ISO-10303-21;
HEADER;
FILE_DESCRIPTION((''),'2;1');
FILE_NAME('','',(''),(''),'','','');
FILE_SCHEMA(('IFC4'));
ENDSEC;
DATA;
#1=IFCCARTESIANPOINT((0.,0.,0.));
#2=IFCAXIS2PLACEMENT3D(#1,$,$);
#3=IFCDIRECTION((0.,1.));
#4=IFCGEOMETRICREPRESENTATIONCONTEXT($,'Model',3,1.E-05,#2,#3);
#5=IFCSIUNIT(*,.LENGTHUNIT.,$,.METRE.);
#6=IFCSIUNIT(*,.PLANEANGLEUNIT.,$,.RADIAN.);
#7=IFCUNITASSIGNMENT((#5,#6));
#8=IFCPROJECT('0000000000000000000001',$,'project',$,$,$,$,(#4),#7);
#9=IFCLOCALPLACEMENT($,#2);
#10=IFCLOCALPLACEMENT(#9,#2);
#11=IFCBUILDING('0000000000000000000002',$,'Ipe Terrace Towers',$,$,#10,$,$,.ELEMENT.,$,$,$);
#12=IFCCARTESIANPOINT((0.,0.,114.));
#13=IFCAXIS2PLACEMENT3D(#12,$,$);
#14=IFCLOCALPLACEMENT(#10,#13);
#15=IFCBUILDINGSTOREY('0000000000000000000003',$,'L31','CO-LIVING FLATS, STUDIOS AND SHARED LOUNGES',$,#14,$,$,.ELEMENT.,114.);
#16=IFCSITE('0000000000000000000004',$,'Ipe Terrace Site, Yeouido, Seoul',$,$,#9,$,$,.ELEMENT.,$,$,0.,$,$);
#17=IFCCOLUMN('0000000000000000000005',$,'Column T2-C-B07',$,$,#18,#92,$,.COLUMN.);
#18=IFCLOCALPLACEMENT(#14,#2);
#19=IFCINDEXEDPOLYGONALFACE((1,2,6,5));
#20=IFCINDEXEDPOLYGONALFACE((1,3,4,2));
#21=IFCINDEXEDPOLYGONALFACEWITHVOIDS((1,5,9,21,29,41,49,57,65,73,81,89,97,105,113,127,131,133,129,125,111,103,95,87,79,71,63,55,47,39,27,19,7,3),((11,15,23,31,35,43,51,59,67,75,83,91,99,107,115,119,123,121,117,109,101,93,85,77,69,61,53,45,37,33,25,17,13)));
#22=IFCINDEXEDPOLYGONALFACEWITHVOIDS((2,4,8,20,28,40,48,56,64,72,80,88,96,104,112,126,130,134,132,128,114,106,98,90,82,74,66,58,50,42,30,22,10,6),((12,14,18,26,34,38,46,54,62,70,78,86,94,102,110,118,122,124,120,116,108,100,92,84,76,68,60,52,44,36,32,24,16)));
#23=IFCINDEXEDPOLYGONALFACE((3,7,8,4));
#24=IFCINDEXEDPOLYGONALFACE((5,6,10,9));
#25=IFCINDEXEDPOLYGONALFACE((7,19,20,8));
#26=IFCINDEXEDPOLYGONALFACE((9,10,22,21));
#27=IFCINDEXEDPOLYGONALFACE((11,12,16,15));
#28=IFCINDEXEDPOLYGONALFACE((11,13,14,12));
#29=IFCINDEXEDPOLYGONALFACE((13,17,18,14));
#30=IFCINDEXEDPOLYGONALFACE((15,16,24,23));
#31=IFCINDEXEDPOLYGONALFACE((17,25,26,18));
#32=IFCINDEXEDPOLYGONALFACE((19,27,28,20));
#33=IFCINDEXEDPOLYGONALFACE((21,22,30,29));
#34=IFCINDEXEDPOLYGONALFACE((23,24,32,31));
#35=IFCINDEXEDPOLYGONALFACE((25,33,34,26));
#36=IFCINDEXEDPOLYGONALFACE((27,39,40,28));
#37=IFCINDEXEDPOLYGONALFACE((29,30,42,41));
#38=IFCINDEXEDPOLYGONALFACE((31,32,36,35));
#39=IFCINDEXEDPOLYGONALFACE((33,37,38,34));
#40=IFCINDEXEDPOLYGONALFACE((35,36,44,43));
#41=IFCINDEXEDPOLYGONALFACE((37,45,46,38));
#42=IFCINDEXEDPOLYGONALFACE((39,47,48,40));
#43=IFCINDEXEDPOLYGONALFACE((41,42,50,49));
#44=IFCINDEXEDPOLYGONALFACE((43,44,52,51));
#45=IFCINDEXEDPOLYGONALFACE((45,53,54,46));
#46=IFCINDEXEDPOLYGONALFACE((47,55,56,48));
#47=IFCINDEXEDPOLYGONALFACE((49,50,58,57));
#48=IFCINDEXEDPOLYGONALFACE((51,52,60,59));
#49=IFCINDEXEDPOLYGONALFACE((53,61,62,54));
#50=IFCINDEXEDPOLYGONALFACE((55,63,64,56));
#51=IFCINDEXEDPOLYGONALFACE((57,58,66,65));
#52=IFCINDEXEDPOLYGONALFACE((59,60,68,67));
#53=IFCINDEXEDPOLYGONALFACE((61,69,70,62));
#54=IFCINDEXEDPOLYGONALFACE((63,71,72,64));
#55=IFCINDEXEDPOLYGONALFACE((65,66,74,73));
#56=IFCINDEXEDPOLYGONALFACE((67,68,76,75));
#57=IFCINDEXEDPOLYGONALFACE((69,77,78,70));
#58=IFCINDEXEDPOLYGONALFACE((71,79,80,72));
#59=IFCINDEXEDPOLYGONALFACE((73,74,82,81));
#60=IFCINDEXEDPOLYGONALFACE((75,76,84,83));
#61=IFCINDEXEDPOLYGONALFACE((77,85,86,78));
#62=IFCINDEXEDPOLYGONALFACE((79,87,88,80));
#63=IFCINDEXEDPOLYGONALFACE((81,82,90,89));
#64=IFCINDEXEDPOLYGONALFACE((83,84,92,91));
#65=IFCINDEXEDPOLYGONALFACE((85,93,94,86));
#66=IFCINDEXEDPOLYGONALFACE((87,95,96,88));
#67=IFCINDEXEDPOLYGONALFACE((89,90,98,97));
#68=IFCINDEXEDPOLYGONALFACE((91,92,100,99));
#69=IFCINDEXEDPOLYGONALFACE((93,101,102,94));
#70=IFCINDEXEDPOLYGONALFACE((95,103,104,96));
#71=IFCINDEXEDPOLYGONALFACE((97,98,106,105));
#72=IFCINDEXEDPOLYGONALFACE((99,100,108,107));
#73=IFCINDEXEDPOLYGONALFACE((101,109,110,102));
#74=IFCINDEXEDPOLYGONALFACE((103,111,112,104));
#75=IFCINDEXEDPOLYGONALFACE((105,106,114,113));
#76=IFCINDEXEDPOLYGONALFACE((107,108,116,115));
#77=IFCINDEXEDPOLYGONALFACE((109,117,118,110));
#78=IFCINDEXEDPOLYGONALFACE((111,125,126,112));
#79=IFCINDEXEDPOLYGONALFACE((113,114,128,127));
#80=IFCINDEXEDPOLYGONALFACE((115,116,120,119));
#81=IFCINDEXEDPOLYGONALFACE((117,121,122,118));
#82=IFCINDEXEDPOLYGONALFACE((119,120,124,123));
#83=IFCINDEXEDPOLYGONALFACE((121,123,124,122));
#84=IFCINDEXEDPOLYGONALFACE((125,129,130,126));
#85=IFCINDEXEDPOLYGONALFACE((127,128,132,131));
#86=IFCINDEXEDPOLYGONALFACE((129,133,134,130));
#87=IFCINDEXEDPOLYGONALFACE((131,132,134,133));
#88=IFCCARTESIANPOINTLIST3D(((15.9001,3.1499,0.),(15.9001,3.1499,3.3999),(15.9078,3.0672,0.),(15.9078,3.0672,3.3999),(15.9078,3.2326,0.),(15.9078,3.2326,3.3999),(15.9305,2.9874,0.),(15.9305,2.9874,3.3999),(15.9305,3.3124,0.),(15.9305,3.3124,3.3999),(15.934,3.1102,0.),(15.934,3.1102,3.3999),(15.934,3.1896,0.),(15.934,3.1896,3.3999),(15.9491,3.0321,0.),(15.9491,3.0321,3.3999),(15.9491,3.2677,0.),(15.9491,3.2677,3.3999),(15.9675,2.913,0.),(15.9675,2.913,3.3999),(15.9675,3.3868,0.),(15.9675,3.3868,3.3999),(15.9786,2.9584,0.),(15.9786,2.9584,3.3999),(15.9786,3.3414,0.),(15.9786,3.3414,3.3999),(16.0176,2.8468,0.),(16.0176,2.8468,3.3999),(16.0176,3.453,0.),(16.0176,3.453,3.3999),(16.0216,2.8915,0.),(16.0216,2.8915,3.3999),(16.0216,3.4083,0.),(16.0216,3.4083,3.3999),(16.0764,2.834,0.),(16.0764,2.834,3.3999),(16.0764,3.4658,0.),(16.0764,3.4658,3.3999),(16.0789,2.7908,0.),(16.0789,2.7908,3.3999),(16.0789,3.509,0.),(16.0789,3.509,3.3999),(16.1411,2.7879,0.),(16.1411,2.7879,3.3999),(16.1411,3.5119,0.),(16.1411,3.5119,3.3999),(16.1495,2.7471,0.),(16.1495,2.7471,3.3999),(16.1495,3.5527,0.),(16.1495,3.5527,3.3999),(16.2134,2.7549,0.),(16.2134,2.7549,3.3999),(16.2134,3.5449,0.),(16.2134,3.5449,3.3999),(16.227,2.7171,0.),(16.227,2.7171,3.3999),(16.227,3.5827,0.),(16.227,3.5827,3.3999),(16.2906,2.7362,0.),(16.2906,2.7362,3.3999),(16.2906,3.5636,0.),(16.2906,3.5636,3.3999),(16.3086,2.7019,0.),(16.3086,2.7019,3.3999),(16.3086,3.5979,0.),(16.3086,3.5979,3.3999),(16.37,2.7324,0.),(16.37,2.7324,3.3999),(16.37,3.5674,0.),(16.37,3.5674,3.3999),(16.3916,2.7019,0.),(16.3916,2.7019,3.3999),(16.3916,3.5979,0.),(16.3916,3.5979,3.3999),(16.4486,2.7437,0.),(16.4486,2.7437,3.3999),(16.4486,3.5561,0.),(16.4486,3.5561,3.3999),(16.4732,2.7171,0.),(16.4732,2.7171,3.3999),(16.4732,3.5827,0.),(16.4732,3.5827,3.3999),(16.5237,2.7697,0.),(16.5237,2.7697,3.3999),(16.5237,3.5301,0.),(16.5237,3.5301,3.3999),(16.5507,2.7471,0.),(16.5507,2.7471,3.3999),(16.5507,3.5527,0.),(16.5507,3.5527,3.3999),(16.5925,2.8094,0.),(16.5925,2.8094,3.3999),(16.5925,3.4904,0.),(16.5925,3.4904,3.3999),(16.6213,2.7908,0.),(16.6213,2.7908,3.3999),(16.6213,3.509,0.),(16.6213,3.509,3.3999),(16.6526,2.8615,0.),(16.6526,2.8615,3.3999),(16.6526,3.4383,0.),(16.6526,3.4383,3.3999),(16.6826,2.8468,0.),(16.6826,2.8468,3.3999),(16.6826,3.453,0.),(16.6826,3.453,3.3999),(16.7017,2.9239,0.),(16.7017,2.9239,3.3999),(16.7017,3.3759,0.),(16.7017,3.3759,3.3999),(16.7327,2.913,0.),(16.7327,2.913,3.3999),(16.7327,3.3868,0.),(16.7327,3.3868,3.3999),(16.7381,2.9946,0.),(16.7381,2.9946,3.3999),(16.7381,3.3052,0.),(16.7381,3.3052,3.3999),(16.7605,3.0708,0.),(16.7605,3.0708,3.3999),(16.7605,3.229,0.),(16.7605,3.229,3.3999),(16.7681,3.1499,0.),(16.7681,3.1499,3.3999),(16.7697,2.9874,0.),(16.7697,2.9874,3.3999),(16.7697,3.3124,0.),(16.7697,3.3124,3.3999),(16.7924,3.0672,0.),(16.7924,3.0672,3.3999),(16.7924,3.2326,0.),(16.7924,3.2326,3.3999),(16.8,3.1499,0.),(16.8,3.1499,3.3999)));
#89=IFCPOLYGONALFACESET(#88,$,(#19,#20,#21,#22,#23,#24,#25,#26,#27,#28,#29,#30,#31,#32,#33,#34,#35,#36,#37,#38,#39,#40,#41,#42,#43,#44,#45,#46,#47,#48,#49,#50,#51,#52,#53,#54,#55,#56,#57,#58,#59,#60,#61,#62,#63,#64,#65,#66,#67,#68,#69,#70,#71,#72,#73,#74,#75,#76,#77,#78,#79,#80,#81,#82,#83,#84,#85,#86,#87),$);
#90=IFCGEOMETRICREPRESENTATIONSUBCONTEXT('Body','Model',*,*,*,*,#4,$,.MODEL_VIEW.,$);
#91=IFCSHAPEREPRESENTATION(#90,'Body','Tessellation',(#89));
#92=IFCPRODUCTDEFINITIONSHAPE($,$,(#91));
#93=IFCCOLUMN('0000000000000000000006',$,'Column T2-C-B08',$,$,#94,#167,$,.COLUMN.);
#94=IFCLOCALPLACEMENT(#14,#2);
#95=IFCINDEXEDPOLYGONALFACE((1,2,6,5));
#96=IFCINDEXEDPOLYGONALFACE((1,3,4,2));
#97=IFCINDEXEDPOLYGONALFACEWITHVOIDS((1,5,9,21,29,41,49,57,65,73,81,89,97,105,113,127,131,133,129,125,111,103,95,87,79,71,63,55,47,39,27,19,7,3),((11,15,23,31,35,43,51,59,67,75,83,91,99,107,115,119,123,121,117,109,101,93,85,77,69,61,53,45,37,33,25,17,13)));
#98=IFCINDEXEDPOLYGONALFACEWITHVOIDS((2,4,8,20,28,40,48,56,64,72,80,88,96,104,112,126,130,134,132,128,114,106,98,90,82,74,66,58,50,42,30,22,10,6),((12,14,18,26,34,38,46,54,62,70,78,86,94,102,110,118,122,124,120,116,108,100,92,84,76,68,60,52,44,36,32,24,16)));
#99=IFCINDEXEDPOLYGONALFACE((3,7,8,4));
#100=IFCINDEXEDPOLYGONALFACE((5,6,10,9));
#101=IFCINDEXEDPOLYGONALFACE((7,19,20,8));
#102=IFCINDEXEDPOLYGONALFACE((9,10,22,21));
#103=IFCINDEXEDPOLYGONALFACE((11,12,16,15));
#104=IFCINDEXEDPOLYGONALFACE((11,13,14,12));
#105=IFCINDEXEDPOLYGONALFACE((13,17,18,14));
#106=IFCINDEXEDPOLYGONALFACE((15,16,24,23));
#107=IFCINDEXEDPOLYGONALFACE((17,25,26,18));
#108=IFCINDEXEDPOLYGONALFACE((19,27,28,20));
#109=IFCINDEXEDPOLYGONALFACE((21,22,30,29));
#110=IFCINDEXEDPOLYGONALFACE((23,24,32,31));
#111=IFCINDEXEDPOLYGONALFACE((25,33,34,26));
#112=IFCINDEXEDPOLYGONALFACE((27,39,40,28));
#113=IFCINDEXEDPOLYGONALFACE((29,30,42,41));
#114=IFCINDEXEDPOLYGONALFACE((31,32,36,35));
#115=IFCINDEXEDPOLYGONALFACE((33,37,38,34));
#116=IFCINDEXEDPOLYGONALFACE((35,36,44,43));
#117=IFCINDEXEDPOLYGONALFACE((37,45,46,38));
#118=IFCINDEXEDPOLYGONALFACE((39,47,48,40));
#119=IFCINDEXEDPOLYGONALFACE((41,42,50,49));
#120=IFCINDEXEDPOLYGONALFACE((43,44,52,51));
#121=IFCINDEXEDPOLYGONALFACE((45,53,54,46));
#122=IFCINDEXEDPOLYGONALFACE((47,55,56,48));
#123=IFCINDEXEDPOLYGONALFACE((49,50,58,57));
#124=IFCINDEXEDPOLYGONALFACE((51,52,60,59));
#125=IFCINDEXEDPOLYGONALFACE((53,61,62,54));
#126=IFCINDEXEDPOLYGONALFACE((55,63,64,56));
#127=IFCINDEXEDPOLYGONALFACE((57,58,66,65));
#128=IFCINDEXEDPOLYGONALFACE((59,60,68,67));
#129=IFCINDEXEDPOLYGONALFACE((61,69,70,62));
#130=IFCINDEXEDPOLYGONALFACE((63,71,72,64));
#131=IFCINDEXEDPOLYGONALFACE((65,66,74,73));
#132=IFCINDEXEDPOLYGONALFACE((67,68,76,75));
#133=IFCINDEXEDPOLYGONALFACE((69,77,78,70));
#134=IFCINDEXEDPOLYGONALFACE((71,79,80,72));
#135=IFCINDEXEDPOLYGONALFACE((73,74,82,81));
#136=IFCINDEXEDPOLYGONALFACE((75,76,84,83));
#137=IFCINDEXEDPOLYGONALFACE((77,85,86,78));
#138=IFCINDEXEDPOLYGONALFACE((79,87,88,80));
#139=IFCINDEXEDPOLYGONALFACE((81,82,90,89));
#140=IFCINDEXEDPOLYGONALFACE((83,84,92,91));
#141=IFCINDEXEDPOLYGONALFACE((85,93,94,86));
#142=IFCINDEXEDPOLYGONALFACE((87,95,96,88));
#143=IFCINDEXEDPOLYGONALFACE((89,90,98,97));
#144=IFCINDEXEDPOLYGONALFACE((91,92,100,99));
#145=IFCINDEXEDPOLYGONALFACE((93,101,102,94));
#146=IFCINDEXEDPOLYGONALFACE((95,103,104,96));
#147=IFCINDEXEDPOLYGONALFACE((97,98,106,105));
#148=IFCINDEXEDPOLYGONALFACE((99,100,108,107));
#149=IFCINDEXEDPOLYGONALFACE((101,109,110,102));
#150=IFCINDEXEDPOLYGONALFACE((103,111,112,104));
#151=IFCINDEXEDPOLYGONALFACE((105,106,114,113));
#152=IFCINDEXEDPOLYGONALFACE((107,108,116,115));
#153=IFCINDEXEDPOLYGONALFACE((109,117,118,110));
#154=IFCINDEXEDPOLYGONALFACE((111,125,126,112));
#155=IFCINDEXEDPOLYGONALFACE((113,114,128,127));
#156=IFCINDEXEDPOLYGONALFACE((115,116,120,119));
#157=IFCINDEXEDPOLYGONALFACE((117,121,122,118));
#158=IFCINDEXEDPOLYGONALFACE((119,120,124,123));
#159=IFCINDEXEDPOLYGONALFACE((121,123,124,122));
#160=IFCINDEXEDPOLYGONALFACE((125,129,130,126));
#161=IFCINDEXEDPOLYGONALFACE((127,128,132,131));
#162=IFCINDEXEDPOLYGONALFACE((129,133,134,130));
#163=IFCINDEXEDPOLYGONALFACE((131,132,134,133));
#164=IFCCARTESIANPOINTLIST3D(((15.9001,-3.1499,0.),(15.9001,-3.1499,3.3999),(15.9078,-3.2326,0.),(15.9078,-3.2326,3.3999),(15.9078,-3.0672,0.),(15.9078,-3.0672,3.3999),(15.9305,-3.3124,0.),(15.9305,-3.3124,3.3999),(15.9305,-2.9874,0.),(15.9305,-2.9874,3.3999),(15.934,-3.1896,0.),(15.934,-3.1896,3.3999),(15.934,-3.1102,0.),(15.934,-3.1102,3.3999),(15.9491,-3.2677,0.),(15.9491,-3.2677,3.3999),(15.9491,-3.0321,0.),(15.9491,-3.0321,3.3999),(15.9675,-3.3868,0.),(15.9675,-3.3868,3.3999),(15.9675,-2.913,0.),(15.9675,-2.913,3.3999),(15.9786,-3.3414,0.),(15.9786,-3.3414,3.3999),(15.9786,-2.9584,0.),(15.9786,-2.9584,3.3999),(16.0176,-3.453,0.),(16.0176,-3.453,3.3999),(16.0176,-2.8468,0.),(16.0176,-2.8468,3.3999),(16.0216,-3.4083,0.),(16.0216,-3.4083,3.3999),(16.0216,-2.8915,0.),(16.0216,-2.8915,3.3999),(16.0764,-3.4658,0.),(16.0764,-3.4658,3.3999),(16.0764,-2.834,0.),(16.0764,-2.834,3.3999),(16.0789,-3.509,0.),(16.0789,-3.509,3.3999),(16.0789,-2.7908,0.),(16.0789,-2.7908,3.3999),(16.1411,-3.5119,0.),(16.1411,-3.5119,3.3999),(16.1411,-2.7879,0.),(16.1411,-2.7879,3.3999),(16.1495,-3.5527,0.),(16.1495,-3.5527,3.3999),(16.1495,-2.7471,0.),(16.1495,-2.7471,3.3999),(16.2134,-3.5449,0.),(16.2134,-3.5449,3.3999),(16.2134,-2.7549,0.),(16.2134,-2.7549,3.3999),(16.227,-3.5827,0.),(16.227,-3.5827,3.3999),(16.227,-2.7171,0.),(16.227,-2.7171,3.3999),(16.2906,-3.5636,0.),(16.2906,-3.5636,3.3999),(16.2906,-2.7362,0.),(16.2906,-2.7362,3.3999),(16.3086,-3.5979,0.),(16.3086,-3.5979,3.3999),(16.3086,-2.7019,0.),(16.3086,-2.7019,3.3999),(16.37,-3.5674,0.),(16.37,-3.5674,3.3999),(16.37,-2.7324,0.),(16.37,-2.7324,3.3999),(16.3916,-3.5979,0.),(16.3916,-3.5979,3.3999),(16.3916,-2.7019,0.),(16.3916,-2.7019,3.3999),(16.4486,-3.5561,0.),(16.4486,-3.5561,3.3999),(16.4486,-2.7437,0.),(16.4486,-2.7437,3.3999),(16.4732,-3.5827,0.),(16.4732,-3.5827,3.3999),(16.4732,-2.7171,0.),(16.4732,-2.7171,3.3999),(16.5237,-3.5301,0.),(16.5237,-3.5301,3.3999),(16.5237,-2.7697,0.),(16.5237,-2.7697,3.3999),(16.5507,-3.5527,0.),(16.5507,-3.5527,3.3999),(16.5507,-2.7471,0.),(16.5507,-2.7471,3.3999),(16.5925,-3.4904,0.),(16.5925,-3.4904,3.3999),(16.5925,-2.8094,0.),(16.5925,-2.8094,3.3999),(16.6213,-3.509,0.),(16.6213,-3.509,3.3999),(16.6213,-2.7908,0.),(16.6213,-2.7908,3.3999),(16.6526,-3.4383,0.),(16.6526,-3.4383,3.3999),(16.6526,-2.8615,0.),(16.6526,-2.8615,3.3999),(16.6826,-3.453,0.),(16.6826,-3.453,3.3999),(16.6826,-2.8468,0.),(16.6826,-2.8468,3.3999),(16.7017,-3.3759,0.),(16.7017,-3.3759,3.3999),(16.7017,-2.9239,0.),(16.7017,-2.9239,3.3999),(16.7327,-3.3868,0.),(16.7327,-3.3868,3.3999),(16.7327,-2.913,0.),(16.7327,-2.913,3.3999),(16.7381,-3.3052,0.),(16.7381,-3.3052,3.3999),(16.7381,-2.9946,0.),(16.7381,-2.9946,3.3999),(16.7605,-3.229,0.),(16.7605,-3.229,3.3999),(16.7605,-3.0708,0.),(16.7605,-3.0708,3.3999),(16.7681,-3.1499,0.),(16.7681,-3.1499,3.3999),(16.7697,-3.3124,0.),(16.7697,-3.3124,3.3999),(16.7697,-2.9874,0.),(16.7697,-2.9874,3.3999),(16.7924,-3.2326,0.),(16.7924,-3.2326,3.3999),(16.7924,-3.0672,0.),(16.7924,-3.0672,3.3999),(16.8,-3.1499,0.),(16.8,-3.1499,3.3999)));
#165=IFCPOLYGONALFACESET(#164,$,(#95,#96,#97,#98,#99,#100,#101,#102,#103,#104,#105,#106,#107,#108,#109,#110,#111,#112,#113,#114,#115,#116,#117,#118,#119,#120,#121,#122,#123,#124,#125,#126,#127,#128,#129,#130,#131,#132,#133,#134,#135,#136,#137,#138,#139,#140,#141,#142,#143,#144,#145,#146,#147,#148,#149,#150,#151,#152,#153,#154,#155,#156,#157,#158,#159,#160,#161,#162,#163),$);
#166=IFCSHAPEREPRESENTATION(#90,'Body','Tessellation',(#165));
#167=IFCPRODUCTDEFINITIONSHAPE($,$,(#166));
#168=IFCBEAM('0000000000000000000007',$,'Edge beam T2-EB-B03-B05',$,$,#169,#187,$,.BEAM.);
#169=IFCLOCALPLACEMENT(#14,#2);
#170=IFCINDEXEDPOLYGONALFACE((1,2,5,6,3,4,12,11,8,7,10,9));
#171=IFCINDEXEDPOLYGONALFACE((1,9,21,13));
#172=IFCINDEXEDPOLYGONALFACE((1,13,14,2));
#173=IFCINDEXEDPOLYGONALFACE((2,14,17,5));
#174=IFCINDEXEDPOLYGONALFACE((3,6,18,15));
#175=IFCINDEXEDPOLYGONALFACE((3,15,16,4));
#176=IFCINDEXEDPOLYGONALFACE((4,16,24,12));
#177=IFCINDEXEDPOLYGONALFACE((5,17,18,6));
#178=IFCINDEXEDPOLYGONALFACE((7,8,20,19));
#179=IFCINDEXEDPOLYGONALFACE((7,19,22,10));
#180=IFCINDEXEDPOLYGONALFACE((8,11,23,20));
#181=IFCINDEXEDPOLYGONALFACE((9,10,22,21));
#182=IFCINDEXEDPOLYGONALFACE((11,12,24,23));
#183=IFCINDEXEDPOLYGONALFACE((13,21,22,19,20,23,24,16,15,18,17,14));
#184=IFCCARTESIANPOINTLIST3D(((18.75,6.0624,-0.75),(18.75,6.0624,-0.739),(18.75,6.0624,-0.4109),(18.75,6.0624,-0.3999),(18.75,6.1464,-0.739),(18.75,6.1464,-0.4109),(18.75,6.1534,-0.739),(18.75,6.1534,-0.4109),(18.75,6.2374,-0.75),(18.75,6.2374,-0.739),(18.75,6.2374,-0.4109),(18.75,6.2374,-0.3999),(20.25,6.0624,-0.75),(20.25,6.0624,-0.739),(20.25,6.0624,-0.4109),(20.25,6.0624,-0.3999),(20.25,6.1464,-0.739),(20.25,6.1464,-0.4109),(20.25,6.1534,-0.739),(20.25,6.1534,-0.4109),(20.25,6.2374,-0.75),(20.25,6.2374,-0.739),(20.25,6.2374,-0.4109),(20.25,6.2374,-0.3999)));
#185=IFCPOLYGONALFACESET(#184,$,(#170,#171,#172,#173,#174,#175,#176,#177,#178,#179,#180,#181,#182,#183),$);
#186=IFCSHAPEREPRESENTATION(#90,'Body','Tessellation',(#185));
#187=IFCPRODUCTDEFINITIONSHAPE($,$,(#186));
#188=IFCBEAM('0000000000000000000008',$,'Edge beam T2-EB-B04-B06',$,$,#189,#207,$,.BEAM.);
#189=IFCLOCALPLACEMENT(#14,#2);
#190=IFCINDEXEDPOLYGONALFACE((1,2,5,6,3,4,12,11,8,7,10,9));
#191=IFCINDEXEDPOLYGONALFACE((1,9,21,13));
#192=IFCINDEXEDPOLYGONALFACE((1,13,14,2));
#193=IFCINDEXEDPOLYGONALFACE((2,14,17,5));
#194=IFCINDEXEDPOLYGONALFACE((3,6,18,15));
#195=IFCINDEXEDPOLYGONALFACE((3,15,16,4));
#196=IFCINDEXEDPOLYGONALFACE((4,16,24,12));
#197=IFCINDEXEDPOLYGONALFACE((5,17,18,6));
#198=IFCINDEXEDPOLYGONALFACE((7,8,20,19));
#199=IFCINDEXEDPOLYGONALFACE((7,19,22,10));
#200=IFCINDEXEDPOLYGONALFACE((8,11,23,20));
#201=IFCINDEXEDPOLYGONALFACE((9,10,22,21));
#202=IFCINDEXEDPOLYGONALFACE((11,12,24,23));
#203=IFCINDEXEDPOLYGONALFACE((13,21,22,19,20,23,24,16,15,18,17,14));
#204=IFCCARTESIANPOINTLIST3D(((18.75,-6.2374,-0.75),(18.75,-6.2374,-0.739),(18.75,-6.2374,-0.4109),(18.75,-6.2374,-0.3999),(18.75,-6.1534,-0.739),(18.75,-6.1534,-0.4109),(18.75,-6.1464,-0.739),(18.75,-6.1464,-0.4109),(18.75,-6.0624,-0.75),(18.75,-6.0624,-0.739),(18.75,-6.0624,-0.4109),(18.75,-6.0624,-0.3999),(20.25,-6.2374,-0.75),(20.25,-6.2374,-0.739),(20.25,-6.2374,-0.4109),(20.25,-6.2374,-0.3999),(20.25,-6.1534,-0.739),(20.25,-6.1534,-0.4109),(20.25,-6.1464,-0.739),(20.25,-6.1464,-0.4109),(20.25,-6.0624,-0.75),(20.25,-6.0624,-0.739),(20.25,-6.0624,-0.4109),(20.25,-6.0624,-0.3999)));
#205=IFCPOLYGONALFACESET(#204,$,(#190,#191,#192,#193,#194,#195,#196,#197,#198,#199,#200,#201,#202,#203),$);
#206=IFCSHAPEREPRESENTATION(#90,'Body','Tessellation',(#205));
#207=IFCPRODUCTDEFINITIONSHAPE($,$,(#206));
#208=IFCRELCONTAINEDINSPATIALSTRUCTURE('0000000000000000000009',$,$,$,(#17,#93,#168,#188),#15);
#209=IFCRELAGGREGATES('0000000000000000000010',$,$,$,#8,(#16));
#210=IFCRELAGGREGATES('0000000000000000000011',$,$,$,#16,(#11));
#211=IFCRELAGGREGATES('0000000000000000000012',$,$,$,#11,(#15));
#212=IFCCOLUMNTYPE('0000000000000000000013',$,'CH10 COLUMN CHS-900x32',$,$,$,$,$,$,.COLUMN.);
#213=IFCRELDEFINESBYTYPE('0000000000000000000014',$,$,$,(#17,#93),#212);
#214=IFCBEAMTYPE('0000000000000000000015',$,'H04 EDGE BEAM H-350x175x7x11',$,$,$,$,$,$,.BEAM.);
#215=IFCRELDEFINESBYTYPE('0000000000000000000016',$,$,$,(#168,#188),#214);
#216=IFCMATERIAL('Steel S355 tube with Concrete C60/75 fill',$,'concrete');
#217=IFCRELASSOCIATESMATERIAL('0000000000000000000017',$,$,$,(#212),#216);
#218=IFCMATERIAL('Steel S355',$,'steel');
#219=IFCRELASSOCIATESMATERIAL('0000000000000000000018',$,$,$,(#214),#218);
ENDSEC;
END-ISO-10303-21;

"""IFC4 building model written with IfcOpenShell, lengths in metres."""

from ifc_helpers import new_model, si_unit, direction, frame, origin, origin_2d, place, context, subcontext, project, spatial, hollow_circle, i_section, extrude, material, material_profile, profile_set, type_object, element, save


model = new_model("IFC4")

# Units and contexts
model_context = context("Model", 3, precision=1e-05, world=origin(), true_north=direction((0.0, 1.0)))
body_context = subcontext(model_context, "Body", "Model", "MODEL_VIEW")
ifc_project = project(units=[si_unit("LENGTHUNIT", "METRE"), si_unit("PLANEANGLEUNIT", "RADIAN")], contexts=[model_context])

# Site, building, storey
site_placement = place(None, origin())
site = spatial("IfcSite", under=ifc_project, at=site_placement, Name="Ipe Terrace Site, Yeouido, Seoul", CompositionType="ELEMENT", RefElevation=0.0)
building_placement = place(site_placement, origin())
building = spatial("IfcBuilding", under=site, at=building_placement, Name="Ipe Terrace Towers", CompositionType="ELEMENT")
storey_placement = place(building_placement, frame((0.0, 0.0, 114.0)))
storey = spatial("IfcBuildingStorey", under=building, at=storey_placement, Name="L31", Description="CO-LIVING FLATS, STUDIOS AND SHARED LOUNGES", CompositionType="ELEMENT", Elevation=114.0)

# Columns
ifc_material_1 = material(Name="Steel S355 tube with Concrete C60/75 fill", Category="concrete")
ifc_material_profile_1 = material_profile(ifc_material_1, hollow_circle(Radius=0.45, WallThickness=0.032, at=origin_2d()), Name="CHS-900x32")
ifc_profile_set_1 = profile_set([ifc_material_profile_1], Name="Steel S355 tube with Concrete C60/75 fill")
column_type = type_object("IfcColumnType", Name="CH10 COLUMN CHS-900x32", PredefinedType="COLUMN", material=ifc_profile_set_1)
for number, where, z_axis, x_axis, name in (
    (1, (16.3501, 3.1499, 0.0), (0.0, 0.0, 1.0), (1.0, 0.0, 0.0), "Column T2-C-B07"),
    (2, (16.3501, -3.1499, 0.0), (0.0, 0.0, 1.0), (1.0, 0.0, 0.0), "Column T2-C-B08"),
):
    element("IfcColumn", number, at=place(storey_placement, frame(where, z_axis=z_axis, x_axis=x_axis)), inside=storey, type_object=column_type, Name=name, PredefinedType="COLUMN", context=body_context, shape_type="SweptSolid", body=[
        extrude(hollow_circle(Radius=0.45, WallThickness=0.032, at=origin_2d()), origin(), (0.0, 0.0, 1.0), 3.3999),
    ])

# Beams
ifc_material_2 = material(Name="Steel S355", Category="steel")
ifc_material_profile_2 = material_profile(ifc_material_2, i_section(OverallWidth=0.175, OverallDepth=0.3501, WebThickness=0.0071, FlangeThickness=0.011, at=origin_2d()), Name="H-350x175x7x11")
ifc_profile_set_2 = profile_set([ifc_material_profile_2], Name="Steel S355")
beam_type_1 = type_object("IfcBeamType", Name="H04 EDGE BEAM H-350x175x7x11", PredefinedType="BEAM", material=ifc_profile_set_2)
for number, where, z_axis, x_axis, name in (
    (3, (20.25, 6.1499, -0.575), (-1.0, 0.0, 0.0), (0.0, -1.0, 0.0), "Edge beam T2-EB-B03-B05"),
    (4, (20.25, -6.1499, -0.575), (-1.0, 0.0, 0.0), (0.0, -1.0, 0.0), "Edge beam T2-EB-B04-B06"),
):
    element("IfcBeam", number, at=place(storey_placement, frame(where, z_axis=z_axis, x_axis=x_axis)), inside=storey, type_object=beam_type_1, Name=name, PredefinedType="BEAM", context=body_context, shape_type="SweptSolid", body=[
        extrude(i_section(OverallWidth=0.175, OverallDepth=0.3501, WebThickness=0.0071, FlangeThickness=0.011, at=origin_2d()), origin(), (0.0, 0.0, 1.0), 1.5),
    ])

save(model, "model.ifc")
